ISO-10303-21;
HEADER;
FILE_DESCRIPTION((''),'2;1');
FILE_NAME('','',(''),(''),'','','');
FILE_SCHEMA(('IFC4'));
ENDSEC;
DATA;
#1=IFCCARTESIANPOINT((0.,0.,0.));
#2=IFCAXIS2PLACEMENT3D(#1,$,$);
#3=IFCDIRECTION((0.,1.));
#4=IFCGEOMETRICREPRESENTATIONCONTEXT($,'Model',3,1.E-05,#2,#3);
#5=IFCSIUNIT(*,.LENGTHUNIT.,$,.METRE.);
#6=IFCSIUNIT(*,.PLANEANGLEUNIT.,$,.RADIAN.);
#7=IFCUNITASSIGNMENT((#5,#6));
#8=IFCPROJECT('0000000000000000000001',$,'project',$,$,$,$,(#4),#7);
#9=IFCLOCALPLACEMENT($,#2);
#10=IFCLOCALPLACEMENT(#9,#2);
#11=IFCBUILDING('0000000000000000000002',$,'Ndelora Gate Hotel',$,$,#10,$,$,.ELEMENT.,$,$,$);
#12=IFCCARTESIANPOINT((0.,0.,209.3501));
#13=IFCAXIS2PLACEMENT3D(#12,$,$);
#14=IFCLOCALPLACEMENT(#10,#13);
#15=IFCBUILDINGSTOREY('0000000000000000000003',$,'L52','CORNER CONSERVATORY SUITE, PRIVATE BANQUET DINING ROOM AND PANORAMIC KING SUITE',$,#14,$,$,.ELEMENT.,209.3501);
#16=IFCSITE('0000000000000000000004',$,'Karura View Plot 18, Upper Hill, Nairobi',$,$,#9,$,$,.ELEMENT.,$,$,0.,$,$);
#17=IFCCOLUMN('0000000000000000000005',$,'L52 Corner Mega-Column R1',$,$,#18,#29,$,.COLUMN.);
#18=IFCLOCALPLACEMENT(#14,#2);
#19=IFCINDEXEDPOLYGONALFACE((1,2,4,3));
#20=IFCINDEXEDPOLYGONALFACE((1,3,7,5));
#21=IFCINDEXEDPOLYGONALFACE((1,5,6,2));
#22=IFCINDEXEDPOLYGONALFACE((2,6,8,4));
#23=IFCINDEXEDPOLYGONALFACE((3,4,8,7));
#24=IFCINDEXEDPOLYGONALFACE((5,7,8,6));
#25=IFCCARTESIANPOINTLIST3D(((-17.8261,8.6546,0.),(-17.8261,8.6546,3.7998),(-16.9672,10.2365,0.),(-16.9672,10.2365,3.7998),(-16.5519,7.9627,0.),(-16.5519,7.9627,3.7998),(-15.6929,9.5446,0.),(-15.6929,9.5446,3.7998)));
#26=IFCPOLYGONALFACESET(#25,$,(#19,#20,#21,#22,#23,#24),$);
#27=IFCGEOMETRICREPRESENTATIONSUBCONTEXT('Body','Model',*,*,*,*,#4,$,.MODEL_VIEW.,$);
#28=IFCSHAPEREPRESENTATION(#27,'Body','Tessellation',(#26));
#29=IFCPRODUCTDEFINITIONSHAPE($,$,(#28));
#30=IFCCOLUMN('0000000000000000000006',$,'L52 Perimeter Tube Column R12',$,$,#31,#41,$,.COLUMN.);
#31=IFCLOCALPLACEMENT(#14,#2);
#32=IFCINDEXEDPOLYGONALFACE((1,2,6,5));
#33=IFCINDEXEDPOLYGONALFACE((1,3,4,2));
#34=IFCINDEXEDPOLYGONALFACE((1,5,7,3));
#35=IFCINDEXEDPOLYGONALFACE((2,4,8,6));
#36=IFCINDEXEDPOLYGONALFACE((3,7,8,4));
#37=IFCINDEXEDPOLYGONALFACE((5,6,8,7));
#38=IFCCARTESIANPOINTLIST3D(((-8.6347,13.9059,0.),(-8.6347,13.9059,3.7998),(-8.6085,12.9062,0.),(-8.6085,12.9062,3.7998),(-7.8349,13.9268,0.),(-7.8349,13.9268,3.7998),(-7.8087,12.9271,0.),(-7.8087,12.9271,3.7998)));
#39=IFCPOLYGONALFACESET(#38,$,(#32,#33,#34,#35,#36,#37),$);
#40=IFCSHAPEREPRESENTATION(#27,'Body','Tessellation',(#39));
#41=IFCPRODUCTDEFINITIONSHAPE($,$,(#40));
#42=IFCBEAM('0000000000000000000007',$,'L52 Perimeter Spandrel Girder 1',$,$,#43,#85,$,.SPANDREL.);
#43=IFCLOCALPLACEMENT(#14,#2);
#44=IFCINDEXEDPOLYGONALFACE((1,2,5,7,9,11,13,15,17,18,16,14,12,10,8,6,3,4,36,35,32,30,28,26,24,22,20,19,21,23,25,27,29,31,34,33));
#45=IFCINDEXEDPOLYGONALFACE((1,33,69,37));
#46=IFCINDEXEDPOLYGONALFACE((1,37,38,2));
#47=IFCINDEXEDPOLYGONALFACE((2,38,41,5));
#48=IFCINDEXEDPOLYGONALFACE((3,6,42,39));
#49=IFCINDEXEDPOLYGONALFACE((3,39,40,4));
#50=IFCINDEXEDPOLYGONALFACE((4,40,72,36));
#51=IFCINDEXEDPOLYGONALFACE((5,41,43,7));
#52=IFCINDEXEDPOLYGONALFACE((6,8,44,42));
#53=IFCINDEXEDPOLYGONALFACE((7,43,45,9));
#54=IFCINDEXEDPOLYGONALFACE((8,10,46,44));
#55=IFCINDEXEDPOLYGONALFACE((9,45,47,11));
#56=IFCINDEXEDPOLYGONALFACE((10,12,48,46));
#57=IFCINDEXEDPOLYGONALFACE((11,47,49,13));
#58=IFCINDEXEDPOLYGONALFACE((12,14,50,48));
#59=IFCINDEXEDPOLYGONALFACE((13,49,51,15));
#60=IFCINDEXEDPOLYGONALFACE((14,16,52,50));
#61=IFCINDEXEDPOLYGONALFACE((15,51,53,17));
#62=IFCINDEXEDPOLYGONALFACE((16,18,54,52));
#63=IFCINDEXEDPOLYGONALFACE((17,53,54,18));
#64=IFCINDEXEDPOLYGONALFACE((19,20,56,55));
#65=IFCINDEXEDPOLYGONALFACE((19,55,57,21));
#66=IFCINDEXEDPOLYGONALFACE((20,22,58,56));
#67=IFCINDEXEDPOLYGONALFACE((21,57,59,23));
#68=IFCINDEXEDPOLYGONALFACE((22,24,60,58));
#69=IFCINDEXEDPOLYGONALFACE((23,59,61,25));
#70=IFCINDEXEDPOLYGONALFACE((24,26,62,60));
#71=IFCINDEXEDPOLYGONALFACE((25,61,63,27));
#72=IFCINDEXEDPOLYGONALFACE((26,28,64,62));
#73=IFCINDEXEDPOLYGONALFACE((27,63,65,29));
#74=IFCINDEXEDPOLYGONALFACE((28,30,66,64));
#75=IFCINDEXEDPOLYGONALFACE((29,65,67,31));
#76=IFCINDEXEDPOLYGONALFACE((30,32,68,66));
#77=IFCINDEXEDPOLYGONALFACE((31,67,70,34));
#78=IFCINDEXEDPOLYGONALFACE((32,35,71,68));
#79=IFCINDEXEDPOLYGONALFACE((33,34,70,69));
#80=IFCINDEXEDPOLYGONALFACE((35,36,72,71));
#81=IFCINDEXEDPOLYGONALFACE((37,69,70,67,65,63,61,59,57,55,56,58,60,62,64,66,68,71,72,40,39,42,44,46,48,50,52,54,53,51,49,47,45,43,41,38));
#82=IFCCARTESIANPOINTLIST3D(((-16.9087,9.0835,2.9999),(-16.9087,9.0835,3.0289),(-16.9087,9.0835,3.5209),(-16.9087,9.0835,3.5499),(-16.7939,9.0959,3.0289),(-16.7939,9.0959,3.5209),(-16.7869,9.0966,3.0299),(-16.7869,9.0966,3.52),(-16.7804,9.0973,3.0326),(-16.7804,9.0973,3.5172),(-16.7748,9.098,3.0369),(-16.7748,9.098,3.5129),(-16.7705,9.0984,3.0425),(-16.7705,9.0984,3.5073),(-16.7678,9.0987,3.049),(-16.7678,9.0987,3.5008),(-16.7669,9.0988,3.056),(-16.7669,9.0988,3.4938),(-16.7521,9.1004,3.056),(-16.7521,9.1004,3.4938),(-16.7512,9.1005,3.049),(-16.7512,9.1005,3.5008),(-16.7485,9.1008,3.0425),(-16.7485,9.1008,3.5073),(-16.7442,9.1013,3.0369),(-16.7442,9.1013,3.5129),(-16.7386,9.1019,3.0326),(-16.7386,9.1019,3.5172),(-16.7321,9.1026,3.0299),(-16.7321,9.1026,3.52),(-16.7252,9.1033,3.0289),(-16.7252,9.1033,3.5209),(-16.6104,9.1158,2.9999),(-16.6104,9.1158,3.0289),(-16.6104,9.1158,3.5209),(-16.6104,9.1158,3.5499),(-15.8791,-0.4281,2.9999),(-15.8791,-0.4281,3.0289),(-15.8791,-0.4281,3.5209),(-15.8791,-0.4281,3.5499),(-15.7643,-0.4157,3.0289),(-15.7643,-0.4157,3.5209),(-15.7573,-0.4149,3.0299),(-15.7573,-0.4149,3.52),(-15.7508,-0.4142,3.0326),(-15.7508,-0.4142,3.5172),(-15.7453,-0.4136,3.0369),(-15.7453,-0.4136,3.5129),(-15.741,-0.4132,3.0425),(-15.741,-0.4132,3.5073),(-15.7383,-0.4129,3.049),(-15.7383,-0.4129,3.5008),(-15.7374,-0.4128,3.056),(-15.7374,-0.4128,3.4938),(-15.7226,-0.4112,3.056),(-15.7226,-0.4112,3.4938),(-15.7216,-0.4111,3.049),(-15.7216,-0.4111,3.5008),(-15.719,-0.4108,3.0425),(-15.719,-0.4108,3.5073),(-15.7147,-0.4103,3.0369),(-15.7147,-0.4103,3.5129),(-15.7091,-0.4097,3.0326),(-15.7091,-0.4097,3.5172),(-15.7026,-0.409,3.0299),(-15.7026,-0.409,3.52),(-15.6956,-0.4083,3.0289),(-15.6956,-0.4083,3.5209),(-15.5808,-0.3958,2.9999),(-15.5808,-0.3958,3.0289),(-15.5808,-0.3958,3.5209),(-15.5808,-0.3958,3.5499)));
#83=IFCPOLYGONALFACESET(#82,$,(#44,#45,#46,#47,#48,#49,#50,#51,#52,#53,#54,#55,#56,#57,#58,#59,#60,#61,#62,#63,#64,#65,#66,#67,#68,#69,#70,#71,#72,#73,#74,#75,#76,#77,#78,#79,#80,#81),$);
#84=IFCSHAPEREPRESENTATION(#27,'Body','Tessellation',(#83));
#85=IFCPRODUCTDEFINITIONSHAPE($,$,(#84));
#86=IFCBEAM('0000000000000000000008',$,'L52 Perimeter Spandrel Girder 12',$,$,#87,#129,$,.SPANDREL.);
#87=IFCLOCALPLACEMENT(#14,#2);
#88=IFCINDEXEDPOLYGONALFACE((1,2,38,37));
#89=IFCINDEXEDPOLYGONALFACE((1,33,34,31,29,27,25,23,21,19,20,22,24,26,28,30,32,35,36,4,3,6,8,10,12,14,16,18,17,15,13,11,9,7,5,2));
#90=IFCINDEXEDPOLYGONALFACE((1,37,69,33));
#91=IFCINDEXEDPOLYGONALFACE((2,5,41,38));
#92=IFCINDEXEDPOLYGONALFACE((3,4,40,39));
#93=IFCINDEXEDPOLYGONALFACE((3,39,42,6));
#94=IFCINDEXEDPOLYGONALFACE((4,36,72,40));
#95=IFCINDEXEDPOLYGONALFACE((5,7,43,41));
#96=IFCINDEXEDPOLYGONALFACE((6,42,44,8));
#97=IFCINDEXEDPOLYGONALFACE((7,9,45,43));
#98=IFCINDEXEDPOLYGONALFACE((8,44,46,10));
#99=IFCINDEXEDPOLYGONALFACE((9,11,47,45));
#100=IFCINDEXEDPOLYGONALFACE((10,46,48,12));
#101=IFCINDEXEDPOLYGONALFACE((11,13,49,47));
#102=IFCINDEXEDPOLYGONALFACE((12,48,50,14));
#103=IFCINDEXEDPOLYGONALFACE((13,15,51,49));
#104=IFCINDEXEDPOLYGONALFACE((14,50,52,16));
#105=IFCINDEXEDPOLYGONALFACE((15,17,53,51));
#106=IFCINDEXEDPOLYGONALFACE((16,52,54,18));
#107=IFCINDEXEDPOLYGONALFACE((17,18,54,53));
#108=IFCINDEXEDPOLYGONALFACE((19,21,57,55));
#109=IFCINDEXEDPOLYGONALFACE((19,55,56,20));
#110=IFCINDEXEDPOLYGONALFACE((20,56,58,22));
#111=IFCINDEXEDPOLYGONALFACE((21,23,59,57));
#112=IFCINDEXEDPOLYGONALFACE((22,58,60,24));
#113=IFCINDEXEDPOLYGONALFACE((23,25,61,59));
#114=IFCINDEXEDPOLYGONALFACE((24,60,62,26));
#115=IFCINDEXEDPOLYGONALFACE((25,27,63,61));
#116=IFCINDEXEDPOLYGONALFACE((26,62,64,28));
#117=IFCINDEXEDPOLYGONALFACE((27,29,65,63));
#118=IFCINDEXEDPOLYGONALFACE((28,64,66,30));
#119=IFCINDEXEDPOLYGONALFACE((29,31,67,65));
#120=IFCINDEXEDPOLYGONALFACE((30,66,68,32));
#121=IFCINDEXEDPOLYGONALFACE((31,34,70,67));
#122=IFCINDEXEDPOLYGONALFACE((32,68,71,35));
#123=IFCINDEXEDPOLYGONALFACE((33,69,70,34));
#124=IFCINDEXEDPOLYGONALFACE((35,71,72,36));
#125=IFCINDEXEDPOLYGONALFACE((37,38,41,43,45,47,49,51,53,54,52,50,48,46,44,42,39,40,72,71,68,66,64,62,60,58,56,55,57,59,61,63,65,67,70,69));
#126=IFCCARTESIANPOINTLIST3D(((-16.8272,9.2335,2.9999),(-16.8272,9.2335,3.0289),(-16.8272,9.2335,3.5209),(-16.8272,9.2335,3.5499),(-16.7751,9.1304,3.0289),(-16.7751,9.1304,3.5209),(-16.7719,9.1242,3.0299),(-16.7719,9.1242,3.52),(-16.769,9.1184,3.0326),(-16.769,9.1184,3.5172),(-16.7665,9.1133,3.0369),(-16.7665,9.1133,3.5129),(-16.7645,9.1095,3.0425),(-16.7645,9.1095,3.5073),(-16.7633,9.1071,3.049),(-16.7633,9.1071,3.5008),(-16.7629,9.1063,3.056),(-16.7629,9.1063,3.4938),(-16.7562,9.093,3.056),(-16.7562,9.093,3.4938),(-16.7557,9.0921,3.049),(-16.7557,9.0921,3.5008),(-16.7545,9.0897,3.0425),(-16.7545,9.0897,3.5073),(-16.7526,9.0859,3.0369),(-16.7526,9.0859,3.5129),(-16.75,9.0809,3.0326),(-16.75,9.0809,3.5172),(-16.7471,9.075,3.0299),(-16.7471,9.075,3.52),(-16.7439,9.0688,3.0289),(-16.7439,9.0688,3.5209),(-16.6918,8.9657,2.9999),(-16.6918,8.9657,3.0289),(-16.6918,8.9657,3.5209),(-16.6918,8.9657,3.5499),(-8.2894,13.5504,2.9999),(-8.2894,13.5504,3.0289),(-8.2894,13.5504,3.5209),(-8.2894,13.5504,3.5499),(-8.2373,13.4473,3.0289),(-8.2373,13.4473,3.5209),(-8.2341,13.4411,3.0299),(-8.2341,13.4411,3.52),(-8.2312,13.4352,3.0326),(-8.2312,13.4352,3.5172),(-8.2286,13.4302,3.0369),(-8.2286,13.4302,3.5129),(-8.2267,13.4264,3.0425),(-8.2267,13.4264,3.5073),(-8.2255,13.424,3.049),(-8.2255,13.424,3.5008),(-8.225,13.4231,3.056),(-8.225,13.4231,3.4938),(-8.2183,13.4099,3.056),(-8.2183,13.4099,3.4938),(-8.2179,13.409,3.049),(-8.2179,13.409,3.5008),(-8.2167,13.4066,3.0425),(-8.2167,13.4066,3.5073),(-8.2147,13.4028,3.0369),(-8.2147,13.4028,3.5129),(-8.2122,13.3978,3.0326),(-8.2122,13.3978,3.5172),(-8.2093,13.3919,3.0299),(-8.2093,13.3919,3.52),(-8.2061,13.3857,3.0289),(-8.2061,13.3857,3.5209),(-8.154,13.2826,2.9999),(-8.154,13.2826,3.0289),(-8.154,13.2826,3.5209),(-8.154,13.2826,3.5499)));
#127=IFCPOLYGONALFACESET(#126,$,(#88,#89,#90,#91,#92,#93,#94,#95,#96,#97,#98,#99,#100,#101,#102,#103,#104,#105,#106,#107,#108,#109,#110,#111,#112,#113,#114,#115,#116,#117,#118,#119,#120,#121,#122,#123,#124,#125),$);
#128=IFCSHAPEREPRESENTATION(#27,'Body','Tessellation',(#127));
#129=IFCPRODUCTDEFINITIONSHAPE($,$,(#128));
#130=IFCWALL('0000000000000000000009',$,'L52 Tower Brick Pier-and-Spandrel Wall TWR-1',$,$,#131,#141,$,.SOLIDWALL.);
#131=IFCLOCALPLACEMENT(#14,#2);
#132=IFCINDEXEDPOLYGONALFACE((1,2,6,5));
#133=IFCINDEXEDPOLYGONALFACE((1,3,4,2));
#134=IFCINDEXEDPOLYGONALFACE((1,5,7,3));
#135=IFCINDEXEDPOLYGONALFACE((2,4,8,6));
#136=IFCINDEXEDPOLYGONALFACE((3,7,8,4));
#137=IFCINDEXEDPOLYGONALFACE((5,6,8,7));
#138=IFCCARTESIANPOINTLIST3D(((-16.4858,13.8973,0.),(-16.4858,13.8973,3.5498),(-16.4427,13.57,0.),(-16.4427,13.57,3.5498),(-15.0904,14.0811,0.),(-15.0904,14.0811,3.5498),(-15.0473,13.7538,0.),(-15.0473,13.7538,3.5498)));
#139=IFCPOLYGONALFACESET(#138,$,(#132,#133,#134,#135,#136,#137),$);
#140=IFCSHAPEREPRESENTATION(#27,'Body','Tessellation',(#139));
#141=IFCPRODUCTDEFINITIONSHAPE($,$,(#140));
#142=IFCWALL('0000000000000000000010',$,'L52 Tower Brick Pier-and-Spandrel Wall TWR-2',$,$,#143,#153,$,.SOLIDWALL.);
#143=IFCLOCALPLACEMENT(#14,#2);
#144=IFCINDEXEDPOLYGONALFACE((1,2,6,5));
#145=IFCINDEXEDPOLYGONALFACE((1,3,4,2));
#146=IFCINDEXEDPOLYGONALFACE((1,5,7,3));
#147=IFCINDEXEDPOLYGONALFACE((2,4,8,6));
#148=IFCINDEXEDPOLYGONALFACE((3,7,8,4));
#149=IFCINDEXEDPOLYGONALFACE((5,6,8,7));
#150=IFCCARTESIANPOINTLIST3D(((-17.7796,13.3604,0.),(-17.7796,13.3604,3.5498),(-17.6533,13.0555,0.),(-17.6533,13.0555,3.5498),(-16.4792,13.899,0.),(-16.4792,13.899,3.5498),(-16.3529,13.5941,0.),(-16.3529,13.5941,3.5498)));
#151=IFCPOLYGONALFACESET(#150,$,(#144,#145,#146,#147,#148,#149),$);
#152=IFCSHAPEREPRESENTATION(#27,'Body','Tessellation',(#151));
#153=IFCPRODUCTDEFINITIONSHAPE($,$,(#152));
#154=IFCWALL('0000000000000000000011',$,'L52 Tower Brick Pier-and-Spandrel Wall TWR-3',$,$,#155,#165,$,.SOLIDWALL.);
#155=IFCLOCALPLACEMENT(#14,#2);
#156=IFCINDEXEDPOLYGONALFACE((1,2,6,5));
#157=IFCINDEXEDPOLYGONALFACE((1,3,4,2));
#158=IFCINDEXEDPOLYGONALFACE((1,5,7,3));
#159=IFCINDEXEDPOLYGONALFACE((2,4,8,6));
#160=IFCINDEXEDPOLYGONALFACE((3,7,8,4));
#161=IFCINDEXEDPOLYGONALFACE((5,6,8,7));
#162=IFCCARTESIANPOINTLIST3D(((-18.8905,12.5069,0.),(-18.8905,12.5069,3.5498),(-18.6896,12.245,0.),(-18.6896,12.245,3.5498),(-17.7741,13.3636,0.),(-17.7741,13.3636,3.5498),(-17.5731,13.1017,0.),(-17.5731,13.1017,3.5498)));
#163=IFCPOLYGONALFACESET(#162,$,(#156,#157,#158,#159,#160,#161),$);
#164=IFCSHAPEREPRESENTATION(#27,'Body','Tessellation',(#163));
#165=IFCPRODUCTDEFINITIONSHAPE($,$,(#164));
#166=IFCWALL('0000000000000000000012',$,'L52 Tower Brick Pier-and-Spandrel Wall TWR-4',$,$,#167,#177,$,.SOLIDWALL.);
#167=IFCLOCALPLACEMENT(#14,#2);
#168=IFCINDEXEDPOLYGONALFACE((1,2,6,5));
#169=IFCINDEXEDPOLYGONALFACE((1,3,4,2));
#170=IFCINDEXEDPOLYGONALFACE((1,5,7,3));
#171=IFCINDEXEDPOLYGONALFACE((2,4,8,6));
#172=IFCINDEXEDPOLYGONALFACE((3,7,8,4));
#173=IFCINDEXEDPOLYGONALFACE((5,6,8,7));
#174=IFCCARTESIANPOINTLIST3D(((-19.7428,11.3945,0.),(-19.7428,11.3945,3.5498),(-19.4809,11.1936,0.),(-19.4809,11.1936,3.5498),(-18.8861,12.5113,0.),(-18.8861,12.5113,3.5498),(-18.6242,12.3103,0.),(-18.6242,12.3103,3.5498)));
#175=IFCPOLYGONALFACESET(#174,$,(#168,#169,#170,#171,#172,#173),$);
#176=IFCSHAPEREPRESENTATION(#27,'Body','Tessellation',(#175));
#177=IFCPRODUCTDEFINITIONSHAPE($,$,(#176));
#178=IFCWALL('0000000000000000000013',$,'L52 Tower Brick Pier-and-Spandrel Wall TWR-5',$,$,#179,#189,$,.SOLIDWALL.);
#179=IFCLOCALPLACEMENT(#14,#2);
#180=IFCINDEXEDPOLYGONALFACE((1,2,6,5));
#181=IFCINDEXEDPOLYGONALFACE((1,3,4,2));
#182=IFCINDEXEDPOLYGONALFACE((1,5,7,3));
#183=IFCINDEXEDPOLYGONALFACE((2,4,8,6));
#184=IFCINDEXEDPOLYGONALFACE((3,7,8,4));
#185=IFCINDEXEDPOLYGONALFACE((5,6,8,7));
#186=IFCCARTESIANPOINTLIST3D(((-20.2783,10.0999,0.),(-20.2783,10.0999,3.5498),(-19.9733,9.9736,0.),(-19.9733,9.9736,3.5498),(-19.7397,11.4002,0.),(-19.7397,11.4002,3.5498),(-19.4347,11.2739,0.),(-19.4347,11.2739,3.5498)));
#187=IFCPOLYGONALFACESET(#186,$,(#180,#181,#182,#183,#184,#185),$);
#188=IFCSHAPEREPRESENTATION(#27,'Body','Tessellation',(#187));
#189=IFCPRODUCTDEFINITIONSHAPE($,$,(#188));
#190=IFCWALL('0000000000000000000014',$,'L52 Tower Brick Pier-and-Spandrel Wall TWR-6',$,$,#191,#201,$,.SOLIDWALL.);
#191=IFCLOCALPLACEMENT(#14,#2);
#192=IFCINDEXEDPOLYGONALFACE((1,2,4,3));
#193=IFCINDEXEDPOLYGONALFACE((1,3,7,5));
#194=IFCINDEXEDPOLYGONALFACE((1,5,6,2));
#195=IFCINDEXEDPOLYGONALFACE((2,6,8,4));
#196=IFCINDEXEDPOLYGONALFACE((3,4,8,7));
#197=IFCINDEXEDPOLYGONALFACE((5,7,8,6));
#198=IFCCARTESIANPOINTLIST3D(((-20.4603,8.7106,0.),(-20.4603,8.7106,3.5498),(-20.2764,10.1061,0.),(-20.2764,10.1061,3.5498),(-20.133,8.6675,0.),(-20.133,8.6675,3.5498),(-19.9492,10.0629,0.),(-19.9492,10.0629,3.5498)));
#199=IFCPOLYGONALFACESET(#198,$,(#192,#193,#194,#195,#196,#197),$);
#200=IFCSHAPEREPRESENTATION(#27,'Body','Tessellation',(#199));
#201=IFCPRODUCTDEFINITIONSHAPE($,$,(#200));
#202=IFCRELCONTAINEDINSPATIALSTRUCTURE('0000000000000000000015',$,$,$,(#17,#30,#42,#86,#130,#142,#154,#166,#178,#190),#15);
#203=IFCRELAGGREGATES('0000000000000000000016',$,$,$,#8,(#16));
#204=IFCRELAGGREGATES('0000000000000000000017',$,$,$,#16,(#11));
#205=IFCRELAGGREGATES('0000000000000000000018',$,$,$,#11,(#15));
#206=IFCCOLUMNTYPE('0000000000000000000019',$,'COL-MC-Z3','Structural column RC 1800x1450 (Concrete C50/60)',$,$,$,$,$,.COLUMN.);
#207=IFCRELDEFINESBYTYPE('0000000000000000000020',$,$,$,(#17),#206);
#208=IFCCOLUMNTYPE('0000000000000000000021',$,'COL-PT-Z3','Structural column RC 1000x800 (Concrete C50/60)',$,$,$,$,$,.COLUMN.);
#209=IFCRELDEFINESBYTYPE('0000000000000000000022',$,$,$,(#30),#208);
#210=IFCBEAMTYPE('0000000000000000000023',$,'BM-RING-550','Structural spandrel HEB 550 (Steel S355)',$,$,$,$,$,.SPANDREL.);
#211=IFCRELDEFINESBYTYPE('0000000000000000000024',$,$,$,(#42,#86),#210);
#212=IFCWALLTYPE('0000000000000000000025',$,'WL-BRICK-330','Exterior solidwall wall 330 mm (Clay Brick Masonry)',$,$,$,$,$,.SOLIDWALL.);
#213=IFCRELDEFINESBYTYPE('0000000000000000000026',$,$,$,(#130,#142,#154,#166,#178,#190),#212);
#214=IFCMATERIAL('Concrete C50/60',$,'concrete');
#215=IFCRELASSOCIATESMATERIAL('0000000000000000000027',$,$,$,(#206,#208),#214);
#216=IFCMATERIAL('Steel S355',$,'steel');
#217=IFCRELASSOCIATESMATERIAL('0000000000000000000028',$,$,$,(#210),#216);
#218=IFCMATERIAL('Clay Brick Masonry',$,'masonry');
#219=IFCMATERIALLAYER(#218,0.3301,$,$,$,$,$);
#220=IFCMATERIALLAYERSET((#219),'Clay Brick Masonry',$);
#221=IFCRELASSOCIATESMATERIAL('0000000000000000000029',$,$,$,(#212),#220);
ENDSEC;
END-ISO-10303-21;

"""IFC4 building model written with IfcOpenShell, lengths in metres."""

from ifc_helpers import new_model, si_unit, direction, frame, frame_2d, origin, origin_2d, place, context, subcontext, project, spatial, rectangle, i_section, extrude, material, layer, layer_set, material_profile, profile_set, type_object, element, save


model = new_model("IFC4")

# Units and contexts
model_context = context("Model", 3, precision=1e-05, world=origin(), true_north=direction((0.0, 1.0)))
body_context = subcontext(model_context, "Body", "Model", "MODEL_VIEW")
ifc_project = project(units=[si_unit("LENGTHUNIT", "METRE"), si_unit("PLANEANGLEUNIT", "RADIAN")], contexts=[model_context])

# Site, building, storey
site_placement = place(None, origin())
site = spatial("IfcSite", under=ifc_project, at=site_placement, Name="Karura View Plot 18, Upper Hill, Nairobi", CompositionType="ELEMENT", RefElevation=0.0)
building_placement = place(site_placement, origin())
building = spatial("IfcBuilding", under=site, at=building_placement, Name="Ndelora Gate Hotel", CompositionType="ELEMENT")
storey_placement = place(building_placement, frame((0.0, 0.0, 209.3501)))
storey = spatial("IfcBuildingStorey", under=building, at=storey_placement, Name="L52", Description="CORNER CONSERVATORY SUITE, PRIVATE BANQUET DINING ROOM AND PANORAMIC KING SUITE", CompositionType="ELEMENT", Elevation=209.3501)

# Columns
ifc_material_1 = material(Name="Concrete C50/60", Category="concrete")
ifc_material_profile_1 = material_profile(ifc_material_1, rectangle(XDim=1.45, YDim=1.8, at=origin_2d()), Name="RC 1800x1450")
ifc_profile_set_1 = profile_set([ifc_material_profile_1], Name="Concrete C50/60")
column_type_1 = type_object("IfcColumnType", Name="COL-MC-Z3", Description="Structural column RC 1800x1450 (Concrete C50/60)", PredefinedType="COLUMN", material=ifc_profile_set_1)
column_1_placement = place(storey_placement, frame((-16.7595, 9.0996, 0.0), z_axis=(0.0, 0.0, 1.0), x_axis=(-0.878817, 0.477159, 0.0)))
element("IfcColumn", 1, at=column_1_placement, inside=storey, type_object=column_type_1, Name="L52 Corner Mega-Column R1", PredefinedType="COLUMN", context=body_context, shape_type="SweptSolid", body=[
    extrude(rectangle(XDim=1.45, YDim=1.8, at=origin_2d()), origin(), (0.0, 0.0, 1.0), 3.7998),
])
ifc_material_profile_2 = material_profile(ifc_material_1, rectangle(XDim=0.8, YDim=1.0, at=origin_2d()), Name="RC 1000x800")
ifc_profile_set_2 = profile_set([ifc_material_profile_2], Name="Concrete C50/60")
column_type_2 = type_object("IfcColumnType", Name="COL-PT-Z3", Description="Structural column RC 1000x800 (Concrete C50/60)", PredefinedType="COLUMN", material=ifc_profile_set_2)
column_2_placement = place(storey_placement, frame((-8.2217, 13.4165, 0.0), z_axis=(0.0, 0.0, 1.0), x_axis=(0.999657, 0.026177, 0.0)))
element("IfcColumn", 2, at=column_2_placement, inside=storey, type_object=column_type_2, Name="L52 Perimeter Tube Column R12", PredefinedType="COLUMN", context=body_context, shape_type="SweptSolid", body=[
    extrude(rectangle(XDim=0.8, YDim=1.0, at=origin_2d()), origin(), (0.0, 0.0, 1.0), 3.7998),
])

# Beams
ifc_material_2 = material(Name="Steel S355", Category="steel")
ifc_material_profile_3 = material_profile(ifc_material_2, i_section(OverallWidth=0.3, OverallDepth=0.55, WebThickness=0.0149, FlangeThickness=0.0291, FilletRadius=0.0271, at=origin_2d()), Name="HEB 550")
ifc_profile_set_3 = profile_set([ifc_material_profile_3], Name="Steel S355")
beam_type = type_object("IfcBeamType", Name="BM-RING-550", Description="Structural spandrel HEB 550 (Steel S355)", PredefinedType="SPANDREL", material=ifc_profile_set_3)
for number, where, z_axis, x_axis, name in (
    (3, (-16.7595, 9.0996, 3.2749), (0.107613, -0.994193, 0.0), (0.994193, 0.107613, 0.0), "L52 Perimeter Spandrel Girder 1"),
    (4, (-8.2217, 13.4165, 3.2749), (-0.892412, -0.451221, 0.0), (0.451221, -0.892412, 0.0), "L52 Perimeter Spandrel Girder 12"),
):
    element("IfcBeam", number, at=place(storey_placement, frame(where, z_axis=z_axis, x_axis=x_axis)), inside=storey, type_object=beam_type, Name=name, PredefinedType="SPANDREL", context=body_context, shape_type="SweptSolid", body=[
        extrude(i_section(OverallWidth=0.3, OverallDepth=0.55, WebThickness=0.0149, FlangeThickness=0.0291, FilletRadius=0.0271, at=origin_2d()), origin(), (0.0, 0.0, 1.0), 9.5671),
    ])

# Walls
ifc_material_3 = material(Name="Clay Brick Masonry", Category="masonry")
ifc_layer_1 = layer(ifc_material_3, 0.3301)
ifc_layer_set_1 = layer_set([ifc_layer_1], Name="Clay Brick Masonry")
wall_type_1 = type_object("IfcWallType", Name="WL-BRICK-330", Description="Exterior solidwall wall 330 mm (Clay Brick Masonry)", PredefinedType="SOLIDWALL", material=ifc_layer_set_1)
for number, where, z_axis, x_axis, name in (
    (5, (-16.4641, 13.7336, 0.0), (0.0, 0.0, 1.0), (0.991434, 0.130607, 0.0), "L52 Tower Brick Pier-and-Spandrel Wall TWR-1"),
    (6, (-17.7163, 13.208, 0.0), (0.0, 0.0, 1.0), (0.923886, 0.382668, 0.0), "L52 Tower Brick Pier-and-Spandrel Wall TWR-2"),
):
    element("IfcWall", number, at=place(storey_placement, frame(where, z_axis=z_axis, x_axis=x_axis)), inside=storey, type_object=wall_type_1, Name=name, PredefinedType="SOLIDWALL", context=body_context, shape_type="SweptSolid", body=[
        extrude(rectangle(XDim=1.4075, YDim=0.3301, at=frame_2d((0.7036, 0.0))), origin(), (0.0, 0.0, 1.0), 3.5498),
    ])
wall_1_placement = place(storey_placement, frame((-18.79, 12.376, 0.0), z_axis=(0.0, 0.0, 1.0), x_axis=(0.793352, 0.608763, 0.0)))
element("IfcWall", 7, at=wall_1_placement, inside=storey, type_object=wall_type_1, Name="L52 Tower Brick Pier-and-Spandrel Wall TWR-3", PredefinedType="SOLIDWALL", context=body_context, shape_type="SweptSolid", body=[
    extrude(rectangle(XDim=1.4072, YDim=0.3301, at=frame_2d((0.7036, 0.0))), origin(), (0.0, 0.0, 1.0), 3.5498),
])
for number, where, z_axis, x_axis, name in (
    (8, (-19.6118, 11.2942, 0.0), (0.0, 0.0, 1.0), (0.608679, 0.793416, 0.0), "L52 Tower Brick Pier-and-Spandrel Wall TWR-4"),
    (9, (-20.1257, 10.0369, 0.0), (0.0, 0.0, 1.0), (0.382668, 0.923886, 0.0), "L52 Tower Brick Pier-and-Spandrel Wall TWR-5"),
    (10, (-20.2966, 8.6892, 0.0), (0.0, 0.0, 1.0), (0.130607, 0.991434, 0.0), "L52 Tower Brick Pier-and-Spandrel Wall TWR-6"),
):
    element("IfcWall", number, at=place(storey_placement, frame(where, z_axis=z_axis, x_axis=x_axis)), inside=storey, type_object=wall_type_1, Name=name, PredefinedType="SOLIDWALL", context=body_context, shape_type="SweptSolid", body=[
        extrude(rectangle(XDim=1.4075, YDim=0.3301, at=frame_2d((0.7036, 0.0))), origin(), (0.0, 0.0, 1.0), 3.5498),
    ])

save(model, "model.ifc")
